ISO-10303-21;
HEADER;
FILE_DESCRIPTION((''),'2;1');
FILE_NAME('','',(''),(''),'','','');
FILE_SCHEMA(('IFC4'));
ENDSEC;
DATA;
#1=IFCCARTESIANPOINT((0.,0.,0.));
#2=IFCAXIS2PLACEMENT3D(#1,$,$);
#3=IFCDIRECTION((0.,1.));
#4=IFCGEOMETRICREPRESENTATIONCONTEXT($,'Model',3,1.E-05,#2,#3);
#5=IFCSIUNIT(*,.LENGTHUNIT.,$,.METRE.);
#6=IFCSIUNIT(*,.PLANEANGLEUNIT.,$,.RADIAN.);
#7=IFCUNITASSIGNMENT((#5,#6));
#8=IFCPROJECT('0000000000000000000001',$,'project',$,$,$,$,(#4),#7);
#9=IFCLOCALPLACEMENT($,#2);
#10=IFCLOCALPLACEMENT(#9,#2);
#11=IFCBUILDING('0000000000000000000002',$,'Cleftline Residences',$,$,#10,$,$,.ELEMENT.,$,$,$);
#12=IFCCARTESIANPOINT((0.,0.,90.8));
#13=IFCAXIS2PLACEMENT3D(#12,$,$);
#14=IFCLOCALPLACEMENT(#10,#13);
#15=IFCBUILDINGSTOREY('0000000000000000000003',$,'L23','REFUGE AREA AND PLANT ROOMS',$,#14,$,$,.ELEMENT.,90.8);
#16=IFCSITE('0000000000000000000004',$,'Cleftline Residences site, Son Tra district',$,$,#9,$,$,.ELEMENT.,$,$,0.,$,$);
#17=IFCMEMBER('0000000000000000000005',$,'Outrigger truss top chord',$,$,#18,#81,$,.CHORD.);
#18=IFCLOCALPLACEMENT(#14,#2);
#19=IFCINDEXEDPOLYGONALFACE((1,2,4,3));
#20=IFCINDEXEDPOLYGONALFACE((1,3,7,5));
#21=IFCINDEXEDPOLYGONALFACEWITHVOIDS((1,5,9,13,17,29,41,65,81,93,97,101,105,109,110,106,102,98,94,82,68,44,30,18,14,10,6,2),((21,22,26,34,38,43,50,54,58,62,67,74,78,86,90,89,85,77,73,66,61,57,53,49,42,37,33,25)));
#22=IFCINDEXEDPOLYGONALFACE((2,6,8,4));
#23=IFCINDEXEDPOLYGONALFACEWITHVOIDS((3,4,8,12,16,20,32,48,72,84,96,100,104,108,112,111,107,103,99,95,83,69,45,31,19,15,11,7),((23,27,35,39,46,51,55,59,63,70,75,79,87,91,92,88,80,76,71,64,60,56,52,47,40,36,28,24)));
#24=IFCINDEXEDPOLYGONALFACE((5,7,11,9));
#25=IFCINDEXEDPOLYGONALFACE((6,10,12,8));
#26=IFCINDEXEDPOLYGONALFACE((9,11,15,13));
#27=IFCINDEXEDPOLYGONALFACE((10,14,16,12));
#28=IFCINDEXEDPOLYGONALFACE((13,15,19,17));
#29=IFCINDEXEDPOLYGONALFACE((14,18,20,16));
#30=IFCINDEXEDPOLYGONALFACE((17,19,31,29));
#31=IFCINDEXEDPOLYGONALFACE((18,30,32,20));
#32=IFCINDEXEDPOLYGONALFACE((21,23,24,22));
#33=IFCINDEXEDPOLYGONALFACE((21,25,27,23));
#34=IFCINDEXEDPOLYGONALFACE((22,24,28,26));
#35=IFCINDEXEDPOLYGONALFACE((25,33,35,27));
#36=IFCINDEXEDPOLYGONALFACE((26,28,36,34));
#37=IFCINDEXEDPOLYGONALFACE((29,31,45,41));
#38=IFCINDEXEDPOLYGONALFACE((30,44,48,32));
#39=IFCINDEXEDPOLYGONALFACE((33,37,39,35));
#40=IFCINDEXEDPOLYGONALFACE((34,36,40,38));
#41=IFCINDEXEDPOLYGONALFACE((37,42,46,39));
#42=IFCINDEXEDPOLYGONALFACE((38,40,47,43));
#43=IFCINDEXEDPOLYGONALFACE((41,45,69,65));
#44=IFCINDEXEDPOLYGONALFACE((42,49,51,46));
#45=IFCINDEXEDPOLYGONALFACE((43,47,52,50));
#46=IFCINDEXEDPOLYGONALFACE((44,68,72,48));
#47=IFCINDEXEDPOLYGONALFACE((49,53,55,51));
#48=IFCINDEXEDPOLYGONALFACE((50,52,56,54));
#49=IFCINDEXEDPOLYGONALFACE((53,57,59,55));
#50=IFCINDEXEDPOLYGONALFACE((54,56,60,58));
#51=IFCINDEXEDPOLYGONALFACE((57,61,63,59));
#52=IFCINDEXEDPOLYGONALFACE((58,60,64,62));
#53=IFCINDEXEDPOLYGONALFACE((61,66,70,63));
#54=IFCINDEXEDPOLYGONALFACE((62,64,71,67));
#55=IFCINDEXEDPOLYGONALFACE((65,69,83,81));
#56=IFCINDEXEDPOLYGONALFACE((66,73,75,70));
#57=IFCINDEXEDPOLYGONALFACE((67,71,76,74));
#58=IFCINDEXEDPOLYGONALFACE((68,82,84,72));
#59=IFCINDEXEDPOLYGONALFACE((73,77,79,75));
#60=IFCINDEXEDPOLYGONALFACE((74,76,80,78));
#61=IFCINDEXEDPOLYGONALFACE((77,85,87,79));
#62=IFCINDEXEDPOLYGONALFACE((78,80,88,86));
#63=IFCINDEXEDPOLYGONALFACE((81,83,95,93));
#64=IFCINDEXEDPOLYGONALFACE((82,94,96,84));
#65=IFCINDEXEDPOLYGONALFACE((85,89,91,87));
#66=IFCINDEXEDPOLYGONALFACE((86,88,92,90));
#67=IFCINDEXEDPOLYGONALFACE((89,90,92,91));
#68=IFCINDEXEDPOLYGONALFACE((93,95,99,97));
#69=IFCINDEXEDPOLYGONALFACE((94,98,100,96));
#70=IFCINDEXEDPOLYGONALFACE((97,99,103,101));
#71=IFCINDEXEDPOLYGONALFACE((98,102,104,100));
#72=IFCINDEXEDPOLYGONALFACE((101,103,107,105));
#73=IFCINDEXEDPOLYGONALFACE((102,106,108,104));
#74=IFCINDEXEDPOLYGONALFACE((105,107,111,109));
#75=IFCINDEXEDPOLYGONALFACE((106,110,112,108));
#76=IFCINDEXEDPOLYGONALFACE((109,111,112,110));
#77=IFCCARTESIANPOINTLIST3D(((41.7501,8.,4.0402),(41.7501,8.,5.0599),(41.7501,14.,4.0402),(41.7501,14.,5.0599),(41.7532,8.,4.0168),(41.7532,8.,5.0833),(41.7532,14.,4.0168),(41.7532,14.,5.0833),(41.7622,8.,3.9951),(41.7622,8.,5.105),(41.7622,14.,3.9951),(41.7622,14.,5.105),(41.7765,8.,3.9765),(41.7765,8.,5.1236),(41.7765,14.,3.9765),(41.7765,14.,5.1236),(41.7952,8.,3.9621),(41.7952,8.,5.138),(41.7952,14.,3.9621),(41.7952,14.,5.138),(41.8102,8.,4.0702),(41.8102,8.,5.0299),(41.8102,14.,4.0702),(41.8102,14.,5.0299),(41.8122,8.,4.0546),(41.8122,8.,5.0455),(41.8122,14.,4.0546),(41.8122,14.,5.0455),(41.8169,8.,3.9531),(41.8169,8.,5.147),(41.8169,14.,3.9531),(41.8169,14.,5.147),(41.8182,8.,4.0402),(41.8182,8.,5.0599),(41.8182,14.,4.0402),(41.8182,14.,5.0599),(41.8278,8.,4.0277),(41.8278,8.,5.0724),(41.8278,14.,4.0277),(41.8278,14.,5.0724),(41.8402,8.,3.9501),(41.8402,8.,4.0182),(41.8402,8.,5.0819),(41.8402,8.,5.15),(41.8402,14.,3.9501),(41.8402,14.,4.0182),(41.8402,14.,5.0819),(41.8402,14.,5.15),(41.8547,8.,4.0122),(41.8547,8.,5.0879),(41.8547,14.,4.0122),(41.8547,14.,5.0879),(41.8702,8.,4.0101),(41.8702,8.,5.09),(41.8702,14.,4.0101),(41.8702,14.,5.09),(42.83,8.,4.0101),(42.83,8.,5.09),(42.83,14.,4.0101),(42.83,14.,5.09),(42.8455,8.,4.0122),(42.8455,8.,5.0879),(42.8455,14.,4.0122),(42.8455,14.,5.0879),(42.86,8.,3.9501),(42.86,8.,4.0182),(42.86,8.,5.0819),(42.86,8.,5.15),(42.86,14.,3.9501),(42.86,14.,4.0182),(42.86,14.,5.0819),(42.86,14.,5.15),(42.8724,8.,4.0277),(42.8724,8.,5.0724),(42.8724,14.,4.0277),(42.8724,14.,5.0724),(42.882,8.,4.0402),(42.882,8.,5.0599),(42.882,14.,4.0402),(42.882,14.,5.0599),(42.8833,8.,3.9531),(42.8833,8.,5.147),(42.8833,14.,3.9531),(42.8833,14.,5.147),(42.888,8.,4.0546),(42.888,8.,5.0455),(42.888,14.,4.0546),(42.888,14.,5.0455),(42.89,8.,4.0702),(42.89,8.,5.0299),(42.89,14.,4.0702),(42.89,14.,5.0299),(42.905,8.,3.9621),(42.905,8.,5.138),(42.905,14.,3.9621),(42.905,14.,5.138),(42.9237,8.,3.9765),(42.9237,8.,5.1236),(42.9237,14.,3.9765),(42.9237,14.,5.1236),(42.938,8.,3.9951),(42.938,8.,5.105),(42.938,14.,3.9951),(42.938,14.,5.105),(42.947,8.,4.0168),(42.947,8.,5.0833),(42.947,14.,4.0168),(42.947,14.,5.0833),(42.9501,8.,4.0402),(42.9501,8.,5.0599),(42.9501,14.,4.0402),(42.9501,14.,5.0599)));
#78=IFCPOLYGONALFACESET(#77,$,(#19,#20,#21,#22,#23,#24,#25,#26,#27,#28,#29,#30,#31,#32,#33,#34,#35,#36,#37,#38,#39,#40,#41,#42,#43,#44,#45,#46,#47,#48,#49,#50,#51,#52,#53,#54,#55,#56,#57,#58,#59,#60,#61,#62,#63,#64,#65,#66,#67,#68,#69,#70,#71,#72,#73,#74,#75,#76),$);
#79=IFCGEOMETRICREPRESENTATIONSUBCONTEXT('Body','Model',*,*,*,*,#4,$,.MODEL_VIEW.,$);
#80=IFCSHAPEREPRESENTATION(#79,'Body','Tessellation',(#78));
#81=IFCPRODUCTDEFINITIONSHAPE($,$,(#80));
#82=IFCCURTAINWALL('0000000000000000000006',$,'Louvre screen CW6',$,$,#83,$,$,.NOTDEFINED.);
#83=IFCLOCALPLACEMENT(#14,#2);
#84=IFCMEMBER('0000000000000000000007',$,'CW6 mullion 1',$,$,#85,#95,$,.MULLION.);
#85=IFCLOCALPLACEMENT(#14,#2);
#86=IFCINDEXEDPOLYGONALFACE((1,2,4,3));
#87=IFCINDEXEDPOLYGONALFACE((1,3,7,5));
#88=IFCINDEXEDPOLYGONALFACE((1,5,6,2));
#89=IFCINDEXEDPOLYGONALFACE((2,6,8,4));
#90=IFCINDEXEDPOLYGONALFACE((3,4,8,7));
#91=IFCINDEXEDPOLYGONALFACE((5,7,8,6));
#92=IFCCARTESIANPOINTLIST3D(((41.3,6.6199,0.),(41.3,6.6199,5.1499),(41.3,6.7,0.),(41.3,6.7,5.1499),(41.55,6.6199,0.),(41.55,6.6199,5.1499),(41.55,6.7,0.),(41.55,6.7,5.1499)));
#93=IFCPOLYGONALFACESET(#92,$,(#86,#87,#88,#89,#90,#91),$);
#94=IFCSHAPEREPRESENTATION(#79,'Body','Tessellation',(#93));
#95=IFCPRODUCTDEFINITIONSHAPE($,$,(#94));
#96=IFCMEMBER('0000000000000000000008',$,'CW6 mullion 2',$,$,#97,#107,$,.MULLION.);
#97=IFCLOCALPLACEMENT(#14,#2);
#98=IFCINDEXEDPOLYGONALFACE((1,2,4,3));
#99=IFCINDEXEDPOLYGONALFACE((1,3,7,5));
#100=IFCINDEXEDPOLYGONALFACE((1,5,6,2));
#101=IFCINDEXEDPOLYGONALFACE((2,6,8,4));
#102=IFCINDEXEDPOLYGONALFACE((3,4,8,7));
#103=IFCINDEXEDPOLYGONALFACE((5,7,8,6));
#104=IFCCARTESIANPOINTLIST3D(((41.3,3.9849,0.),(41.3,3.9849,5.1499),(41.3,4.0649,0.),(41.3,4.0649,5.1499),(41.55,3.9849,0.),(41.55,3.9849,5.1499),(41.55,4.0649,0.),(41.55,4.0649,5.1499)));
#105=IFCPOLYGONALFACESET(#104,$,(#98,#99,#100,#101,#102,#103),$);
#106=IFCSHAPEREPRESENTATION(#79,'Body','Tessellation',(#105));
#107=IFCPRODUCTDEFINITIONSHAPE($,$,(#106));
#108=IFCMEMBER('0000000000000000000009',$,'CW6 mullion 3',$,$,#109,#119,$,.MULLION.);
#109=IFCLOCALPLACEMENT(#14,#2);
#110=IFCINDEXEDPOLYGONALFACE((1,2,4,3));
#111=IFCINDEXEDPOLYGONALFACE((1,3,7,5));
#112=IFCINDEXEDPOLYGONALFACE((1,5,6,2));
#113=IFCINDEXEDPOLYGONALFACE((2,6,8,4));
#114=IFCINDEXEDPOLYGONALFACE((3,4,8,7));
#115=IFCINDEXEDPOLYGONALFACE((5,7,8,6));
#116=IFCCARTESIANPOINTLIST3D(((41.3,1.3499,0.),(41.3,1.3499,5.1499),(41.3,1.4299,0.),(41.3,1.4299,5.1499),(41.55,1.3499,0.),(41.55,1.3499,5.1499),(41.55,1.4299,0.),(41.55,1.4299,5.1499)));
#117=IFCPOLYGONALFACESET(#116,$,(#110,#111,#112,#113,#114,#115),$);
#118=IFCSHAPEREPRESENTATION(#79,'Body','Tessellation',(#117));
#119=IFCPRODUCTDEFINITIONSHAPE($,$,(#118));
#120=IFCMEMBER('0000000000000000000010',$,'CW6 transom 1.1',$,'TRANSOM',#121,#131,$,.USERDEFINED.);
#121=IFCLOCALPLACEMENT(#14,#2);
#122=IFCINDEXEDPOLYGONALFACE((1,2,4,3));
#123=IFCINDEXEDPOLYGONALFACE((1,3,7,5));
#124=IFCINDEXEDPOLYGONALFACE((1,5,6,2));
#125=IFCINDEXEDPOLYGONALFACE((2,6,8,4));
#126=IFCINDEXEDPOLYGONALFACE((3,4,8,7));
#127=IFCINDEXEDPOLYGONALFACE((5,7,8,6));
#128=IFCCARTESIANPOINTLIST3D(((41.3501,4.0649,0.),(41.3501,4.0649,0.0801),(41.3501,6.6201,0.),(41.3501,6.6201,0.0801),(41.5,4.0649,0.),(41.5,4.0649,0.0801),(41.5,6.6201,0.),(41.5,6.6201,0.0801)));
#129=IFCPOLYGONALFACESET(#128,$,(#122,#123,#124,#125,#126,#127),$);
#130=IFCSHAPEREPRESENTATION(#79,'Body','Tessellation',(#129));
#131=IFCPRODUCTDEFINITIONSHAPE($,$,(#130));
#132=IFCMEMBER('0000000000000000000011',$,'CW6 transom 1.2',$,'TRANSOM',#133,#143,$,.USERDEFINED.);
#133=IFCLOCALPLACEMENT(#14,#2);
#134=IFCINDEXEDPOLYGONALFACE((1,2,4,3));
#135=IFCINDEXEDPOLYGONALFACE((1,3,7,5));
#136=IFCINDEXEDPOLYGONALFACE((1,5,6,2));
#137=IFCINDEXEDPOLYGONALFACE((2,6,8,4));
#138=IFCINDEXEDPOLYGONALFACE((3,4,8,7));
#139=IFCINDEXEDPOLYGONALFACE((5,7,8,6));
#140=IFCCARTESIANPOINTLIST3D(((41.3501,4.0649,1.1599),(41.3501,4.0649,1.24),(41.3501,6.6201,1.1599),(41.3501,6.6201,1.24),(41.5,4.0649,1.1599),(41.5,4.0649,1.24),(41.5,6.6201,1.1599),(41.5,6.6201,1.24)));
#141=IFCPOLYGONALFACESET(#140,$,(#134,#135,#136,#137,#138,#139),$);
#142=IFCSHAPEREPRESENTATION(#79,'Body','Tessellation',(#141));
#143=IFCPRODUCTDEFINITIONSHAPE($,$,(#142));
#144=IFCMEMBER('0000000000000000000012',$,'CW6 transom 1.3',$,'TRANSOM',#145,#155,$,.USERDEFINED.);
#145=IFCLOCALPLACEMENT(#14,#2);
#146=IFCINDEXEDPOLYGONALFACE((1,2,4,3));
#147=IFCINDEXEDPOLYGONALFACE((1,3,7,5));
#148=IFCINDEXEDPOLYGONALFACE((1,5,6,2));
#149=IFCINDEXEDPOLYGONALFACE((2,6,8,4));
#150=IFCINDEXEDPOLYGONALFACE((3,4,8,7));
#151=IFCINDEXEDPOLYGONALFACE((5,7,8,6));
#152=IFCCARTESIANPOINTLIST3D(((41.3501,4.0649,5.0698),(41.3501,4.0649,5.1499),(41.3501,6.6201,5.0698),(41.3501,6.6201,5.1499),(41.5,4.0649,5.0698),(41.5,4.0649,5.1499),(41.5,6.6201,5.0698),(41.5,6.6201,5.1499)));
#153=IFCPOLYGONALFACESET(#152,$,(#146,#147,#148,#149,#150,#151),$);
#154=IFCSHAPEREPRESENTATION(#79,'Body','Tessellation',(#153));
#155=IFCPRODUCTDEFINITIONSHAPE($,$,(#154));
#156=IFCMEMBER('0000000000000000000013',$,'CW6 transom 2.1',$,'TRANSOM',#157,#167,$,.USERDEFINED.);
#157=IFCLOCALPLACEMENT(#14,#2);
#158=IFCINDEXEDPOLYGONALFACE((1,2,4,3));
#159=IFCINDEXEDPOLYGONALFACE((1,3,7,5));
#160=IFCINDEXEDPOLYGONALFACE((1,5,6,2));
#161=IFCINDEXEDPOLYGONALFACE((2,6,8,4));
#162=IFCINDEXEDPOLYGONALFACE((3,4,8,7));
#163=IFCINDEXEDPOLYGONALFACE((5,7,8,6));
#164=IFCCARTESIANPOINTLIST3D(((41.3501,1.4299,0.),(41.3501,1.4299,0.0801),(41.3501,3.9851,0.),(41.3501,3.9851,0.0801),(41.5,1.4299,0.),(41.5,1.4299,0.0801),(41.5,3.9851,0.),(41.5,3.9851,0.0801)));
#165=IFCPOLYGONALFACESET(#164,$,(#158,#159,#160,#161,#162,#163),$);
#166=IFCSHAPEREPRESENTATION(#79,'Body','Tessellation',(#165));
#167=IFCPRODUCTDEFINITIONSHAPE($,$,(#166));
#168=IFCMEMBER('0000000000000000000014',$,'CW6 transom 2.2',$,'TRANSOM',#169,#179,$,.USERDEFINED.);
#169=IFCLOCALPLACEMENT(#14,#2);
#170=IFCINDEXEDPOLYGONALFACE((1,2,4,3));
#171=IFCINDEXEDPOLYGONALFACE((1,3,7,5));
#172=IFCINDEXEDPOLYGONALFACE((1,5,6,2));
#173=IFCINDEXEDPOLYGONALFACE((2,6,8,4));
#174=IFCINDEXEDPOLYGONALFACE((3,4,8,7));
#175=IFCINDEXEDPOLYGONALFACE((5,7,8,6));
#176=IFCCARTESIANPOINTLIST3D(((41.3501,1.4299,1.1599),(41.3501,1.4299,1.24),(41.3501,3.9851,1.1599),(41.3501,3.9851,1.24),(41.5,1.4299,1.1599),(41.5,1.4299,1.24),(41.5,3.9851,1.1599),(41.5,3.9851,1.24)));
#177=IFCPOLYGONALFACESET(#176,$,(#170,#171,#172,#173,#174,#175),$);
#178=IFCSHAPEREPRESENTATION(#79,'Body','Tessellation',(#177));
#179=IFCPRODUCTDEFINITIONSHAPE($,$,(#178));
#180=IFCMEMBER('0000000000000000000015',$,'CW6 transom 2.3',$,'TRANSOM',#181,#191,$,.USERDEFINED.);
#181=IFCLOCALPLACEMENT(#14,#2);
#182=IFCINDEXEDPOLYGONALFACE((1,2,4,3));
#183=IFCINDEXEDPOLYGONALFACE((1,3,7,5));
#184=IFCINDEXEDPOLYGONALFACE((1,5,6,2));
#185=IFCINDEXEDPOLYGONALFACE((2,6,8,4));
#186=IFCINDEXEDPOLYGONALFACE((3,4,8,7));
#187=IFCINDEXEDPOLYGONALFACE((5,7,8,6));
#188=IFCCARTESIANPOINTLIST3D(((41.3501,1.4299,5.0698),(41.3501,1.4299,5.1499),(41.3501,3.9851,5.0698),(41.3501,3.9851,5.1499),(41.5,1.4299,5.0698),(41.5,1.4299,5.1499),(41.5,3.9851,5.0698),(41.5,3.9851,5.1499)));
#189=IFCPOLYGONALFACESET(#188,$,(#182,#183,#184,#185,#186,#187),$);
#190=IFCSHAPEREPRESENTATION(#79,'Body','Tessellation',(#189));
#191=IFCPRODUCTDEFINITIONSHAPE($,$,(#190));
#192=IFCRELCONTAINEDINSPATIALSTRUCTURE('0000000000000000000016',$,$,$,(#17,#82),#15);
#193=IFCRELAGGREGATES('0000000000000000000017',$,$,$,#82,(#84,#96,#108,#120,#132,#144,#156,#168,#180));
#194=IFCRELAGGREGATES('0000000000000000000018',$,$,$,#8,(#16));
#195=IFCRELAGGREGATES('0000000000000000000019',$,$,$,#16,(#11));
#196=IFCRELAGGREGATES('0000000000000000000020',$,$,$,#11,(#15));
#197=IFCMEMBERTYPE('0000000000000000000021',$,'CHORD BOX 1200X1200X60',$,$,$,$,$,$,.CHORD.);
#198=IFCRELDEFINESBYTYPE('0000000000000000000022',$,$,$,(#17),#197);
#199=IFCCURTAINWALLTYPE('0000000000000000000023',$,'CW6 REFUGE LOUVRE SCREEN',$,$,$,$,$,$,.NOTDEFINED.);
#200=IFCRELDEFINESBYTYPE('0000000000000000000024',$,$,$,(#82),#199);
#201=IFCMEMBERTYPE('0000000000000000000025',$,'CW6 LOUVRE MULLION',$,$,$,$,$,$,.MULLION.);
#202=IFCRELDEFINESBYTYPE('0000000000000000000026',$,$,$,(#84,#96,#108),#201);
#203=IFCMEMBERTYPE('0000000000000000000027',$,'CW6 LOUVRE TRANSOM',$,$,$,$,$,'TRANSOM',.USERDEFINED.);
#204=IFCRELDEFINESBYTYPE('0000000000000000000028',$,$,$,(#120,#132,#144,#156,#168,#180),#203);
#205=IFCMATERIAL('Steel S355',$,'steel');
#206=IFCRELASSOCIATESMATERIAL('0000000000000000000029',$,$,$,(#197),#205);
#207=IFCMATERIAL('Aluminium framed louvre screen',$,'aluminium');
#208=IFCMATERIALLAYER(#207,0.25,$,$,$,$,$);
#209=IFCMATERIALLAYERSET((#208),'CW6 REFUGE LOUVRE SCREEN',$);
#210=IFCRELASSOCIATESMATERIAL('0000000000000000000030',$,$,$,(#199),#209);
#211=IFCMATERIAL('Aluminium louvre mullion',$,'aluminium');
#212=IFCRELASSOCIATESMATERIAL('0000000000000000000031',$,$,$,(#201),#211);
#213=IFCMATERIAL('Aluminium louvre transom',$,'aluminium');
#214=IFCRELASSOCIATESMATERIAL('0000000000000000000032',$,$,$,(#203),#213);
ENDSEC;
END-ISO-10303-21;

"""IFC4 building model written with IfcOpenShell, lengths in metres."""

from ifc_helpers import new_model, si_unit, direction, frame, origin, origin_2d, place, context, subcontext, project, spatial, rectangle, hollow_rectangle, extrude, material, layer, layer_set, material_profile, profile_set, type_object, element, aggregate, save


model = new_model("IFC4")

# Units and contexts
model_context = context("Model", 3, precision=1e-05, world=origin(), true_north=direction((0.0, 1.0)))
body_context = subcontext(model_context, "Body", "Model", "MODEL_VIEW")
ifc_project = project(units=[si_unit("LENGTHUNIT", "METRE"), si_unit("PLANEANGLEUNIT", "RADIAN")], contexts=[model_context])

# Site, building, storey
site_placement = place(None, origin())
site = spatial("IfcSite", under=ifc_project, at=site_placement, Name="Cleftline Residences site, Son Tra district", CompositionType="ELEMENT", RefElevation=0.0)
building_placement = place(site_placement, origin())
building = spatial("IfcBuilding", under=site, at=building_placement, Name="Cleftline Residences", CompositionType="ELEMENT")
storey_placement = place(building_placement, frame((0.0, 0.0, 90.8)))
storey = spatial("IfcBuildingStorey", under=building, at=storey_placement, Name="L23", Description="REFUGE AREA AND PLANT ROOMS", CompositionType="ELEMENT", Elevation=90.8)

# Member
ifc_material_1 = material(Name="Steel S355", Category="steel")
ifc_material_profile_1 = material_profile(ifc_material_1, hollow_rectangle(XDim=1.2, YDim=1.2, WallThickness=0.0601, InnerFilletRadius=0.0601, OuterFilletRadius=0.0901, at=origin_2d()))
ifc_profile_set_1 = profile_set([ifc_material_profile_1], Name="Steel S355")
member_type_1 = type_object("IfcMemberType", Name="CHORD BOX 1200X1200X60", PredefinedType="CHORD", material=ifc_profile_set_1)
for number, where, z_axis, x_axis, name in (
    (1, (42.3501, 8.0, 4.55), (0.0, 1.0, 0.0), (-1.0, 0.0, 0.0), "Outrigger truss top chord"),
):
    element("IfcMember", number, at=place(storey_placement, frame(where, z_axis=z_axis, x_axis=x_axis)), inside=storey, type_object=member_type_1, Name=name, PredefinedType="CHORD", context=body_context, shape_type="SweptSolid", body=[
        extrude(hollow_rectangle(XDim=1.2, YDim=1.2, WallThickness=0.0601, InnerFilletRadius=0.0601, OuterFilletRadius=0.0901, at=origin_2d()), origin(), (0.0, 0.0, 1.0), 6.0),
    ])

# Curtain wall, members
ifc_material_2 = material(Name="Aluminium framed louvre screen", Category="aluminium")
ifc_layer_1 = layer(ifc_material_2, 0.25)
ifc_layer_set_1 = layer_set([ifc_layer_1], Name="CW6 REFUGE LOUVRE SCREEN")
curtain_wall_type = type_object("IfcCurtainWallType", Name="CW6 REFUGE LOUVRE SCREEN", PredefinedType="NOTDEFINED", material=ifc_layer_set_1)
curtain_wall_placement = place(storey_placement, origin())
curtain_wall = element("IfcCurtainWall", 2, at=curtain_wall_placement, inside=storey, type_object=curtain_wall_type, Name="Louvre screen CW6", PredefinedType="NOTDEFINED")
ifc_material_3 = material(Name="Aluminium louvre mullion", Category="aluminium")
ifc_material_profile_2 = material_profile(ifc_material_3, rectangle(XDim=0.25, YDim=0.0801, at=origin_2d()))
ifc_profile_set_2 = profile_set([ifc_material_profile_2], Name="Aluminium louvre mullion")
member_type_2 = type_object("IfcMemberType", Name="CW6 LOUVRE MULLION", PredefinedType="MULLION", material=ifc_profile_set_2)
member_1_placement = place(storey_placement, frame((41.425, 6.6599, 0.0), z_axis=(0.0, 0.0, 1.0), x_axis=(1.0, 0.0, 0.0)))
member_1 = element("IfcMember", 3, at=member_1_placement, type_object=member_type_2, Name="CW6 mullion 1", PredefinedType="MULLION", context=body_context, shape_type="SweptSolid", body=[
    extrude(rectangle(XDim=0.25, YDim=0.0801, at=origin_2d()), origin(), (0.0, 0.0, 1.0), 5.1499),
])
member_2_placement = place(storey_placement, frame((41.425, 4.0249, 0.0), z_axis=(0.0, 0.0, 1.0), x_axis=(1.0, 0.0, 0.0)))
member_2 = element("IfcMember", 4, at=member_2_placement, type_object=member_type_2, Name="CW6 mullion 2", PredefinedType="MULLION", context=body_context, shape_type="SweptSolid", body=[
    extrude(rectangle(XDim=0.25, YDim=0.0801, at=origin_2d()), origin(), (0.0, 0.0, 1.0), 5.1499),
])
member_3_placement = place(storey_placement, frame((41.425, 1.3899, 0.0), z_axis=(0.0, 0.0, 1.0), x_axis=(1.0, 0.0, 0.0)))
member_3 = element("IfcMember", 5, at=member_3_placement, type_object=member_type_2, Name="CW6 mullion 3", PredefinedType="MULLION", context=body_context, shape_type="SweptSolid", body=[
    extrude(rectangle(XDim=0.25, YDim=0.0801, at=origin_2d()), origin(), (0.0, 0.0, 1.0), 5.1499),
])
ifc_material_4 = material(Name="Aluminium louvre transom", Category="aluminium")
ifc_material_profile_3 = material_profile(ifc_material_4, rectangle(XDim=0.1499, YDim=0.0801, at=origin_2d()))
ifc_profile_set_3 = profile_set([ifc_material_profile_3], Name="Aluminium louvre transom")
member_type_3 = type_object("IfcMemberType", Name="CW6 LOUVRE TRANSOM", ElementType="TRANSOM", PredefinedType="USERDEFINED", material=ifc_profile_set_3)
member_4_placement = place(storey_placement, frame((41.425, 6.6201, 0.04), z_axis=(0.0, -1.0, 0.0), x_axis=(1.0, 0.0, 0.0)))
member_4 = element("IfcMember", 6, at=member_4_placement, type_object=member_type_3, Name="CW6 transom 1.1", ObjectType="TRANSOM", PredefinedType="USERDEFINED", context=body_context, shape_type="SweptSolid", body=[
    extrude(rectangle(XDim=0.1499, YDim=0.0801, at=origin_2d()), origin(), (0.0, 0.0, 1.0), 2.5552),
])
member_5_placement = place(storey_placement, frame((41.425, 6.6201, 1.2), z_axis=(0.0, -1.0, 0.0), x_axis=(1.0, 0.0, 0.0)))
member_5 = element("IfcMember", 7, at=member_5_placement, type_object=member_type_3, Name="CW6 transom 1.2", ObjectType="TRANSOM", PredefinedType="USERDEFINED", context=body_context, shape_type="SweptSolid", body=[
    extrude(rectangle(XDim=0.1499, YDim=0.0801, at=origin_2d()), origin(), (0.0, 0.0, 1.0), 2.5552),
])
member_6_placement = place(storey_placement, frame((41.425, 6.6201, 5.1099), z_axis=(0.0, -1.0, 0.0), x_axis=(1.0, 0.0, 0.0)))
member_6 = element("IfcMember", 8, at=member_6_placement, type_object=member_type_3, Name="CW6 transom 1.3", ObjectType="TRANSOM", PredefinedType="USERDEFINED", context=body_context, shape_type="SweptSolid", body=[
    extrude(rectangle(XDim=0.1499, YDim=0.0801, at=origin_2d()), origin(), (0.0, 0.0, 1.0), 2.5552),
])
member_7_placement = place(storey_placement, frame((41.425, 3.9851, 0.04), z_axis=(0.0, -1.0, 0.0), x_axis=(1.0, 0.0, 0.0)))
member_7 = element("IfcMember", 9, at=member_7_placement, type_object=member_type_3, Name="CW6 transom 2.1", ObjectType="TRANSOM", PredefinedType="USERDEFINED", context=body_context, shape_type="SweptSolid", body=[
    extrude(rectangle(XDim=0.1499, YDim=0.0801, at=origin_2d()), origin(), (0.0, 0.0, 1.0), 2.5552),
])
member_8_placement = place(storey_placement, frame((41.425, 3.9851, 1.2), z_axis=(0.0, -1.0, 0.0), x_axis=(1.0, 0.0, 0.0)))
member_8 = element("IfcMember", 10, at=member_8_placement, type_object=member_type_3, Name="CW6 transom 2.2", ObjectType="TRANSOM", PredefinedType="USERDEFINED", context=body_context, shape_type="SweptSolid", body=[
    extrude(rectangle(XDim=0.1499, YDim=0.0801, at=origin_2d()), origin(), (0.0, 0.0, 1.0), 2.5552),
])
member_9_placement = place(storey_placement, frame((41.425, 3.9851, 5.1099), z_axis=(0.0, -1.0, 0.0), x_axis=(1.0, 0.0, 0.0)))
member_9 = element("IfcMember", 11, at=member_9_placement, type_object=member_type_3, Name="CW6 transom 2.3", ObjectType="TRANSOM", PredefinedType="USERDEFINED", context=body_context, shape_type="SweptSolid", body=[
    extrude(rectangle(XDim=0.1499, YDim=0.0801, at=origin_2d()), origin(), (0.0, 0.0, 1.0), 2.5552),
])
aggregate(curtain_wall, [member_1, member_2, member_3, member_4, member_5, member_6, member_7, member_8, member_9])

save(model, "model.ifc")
